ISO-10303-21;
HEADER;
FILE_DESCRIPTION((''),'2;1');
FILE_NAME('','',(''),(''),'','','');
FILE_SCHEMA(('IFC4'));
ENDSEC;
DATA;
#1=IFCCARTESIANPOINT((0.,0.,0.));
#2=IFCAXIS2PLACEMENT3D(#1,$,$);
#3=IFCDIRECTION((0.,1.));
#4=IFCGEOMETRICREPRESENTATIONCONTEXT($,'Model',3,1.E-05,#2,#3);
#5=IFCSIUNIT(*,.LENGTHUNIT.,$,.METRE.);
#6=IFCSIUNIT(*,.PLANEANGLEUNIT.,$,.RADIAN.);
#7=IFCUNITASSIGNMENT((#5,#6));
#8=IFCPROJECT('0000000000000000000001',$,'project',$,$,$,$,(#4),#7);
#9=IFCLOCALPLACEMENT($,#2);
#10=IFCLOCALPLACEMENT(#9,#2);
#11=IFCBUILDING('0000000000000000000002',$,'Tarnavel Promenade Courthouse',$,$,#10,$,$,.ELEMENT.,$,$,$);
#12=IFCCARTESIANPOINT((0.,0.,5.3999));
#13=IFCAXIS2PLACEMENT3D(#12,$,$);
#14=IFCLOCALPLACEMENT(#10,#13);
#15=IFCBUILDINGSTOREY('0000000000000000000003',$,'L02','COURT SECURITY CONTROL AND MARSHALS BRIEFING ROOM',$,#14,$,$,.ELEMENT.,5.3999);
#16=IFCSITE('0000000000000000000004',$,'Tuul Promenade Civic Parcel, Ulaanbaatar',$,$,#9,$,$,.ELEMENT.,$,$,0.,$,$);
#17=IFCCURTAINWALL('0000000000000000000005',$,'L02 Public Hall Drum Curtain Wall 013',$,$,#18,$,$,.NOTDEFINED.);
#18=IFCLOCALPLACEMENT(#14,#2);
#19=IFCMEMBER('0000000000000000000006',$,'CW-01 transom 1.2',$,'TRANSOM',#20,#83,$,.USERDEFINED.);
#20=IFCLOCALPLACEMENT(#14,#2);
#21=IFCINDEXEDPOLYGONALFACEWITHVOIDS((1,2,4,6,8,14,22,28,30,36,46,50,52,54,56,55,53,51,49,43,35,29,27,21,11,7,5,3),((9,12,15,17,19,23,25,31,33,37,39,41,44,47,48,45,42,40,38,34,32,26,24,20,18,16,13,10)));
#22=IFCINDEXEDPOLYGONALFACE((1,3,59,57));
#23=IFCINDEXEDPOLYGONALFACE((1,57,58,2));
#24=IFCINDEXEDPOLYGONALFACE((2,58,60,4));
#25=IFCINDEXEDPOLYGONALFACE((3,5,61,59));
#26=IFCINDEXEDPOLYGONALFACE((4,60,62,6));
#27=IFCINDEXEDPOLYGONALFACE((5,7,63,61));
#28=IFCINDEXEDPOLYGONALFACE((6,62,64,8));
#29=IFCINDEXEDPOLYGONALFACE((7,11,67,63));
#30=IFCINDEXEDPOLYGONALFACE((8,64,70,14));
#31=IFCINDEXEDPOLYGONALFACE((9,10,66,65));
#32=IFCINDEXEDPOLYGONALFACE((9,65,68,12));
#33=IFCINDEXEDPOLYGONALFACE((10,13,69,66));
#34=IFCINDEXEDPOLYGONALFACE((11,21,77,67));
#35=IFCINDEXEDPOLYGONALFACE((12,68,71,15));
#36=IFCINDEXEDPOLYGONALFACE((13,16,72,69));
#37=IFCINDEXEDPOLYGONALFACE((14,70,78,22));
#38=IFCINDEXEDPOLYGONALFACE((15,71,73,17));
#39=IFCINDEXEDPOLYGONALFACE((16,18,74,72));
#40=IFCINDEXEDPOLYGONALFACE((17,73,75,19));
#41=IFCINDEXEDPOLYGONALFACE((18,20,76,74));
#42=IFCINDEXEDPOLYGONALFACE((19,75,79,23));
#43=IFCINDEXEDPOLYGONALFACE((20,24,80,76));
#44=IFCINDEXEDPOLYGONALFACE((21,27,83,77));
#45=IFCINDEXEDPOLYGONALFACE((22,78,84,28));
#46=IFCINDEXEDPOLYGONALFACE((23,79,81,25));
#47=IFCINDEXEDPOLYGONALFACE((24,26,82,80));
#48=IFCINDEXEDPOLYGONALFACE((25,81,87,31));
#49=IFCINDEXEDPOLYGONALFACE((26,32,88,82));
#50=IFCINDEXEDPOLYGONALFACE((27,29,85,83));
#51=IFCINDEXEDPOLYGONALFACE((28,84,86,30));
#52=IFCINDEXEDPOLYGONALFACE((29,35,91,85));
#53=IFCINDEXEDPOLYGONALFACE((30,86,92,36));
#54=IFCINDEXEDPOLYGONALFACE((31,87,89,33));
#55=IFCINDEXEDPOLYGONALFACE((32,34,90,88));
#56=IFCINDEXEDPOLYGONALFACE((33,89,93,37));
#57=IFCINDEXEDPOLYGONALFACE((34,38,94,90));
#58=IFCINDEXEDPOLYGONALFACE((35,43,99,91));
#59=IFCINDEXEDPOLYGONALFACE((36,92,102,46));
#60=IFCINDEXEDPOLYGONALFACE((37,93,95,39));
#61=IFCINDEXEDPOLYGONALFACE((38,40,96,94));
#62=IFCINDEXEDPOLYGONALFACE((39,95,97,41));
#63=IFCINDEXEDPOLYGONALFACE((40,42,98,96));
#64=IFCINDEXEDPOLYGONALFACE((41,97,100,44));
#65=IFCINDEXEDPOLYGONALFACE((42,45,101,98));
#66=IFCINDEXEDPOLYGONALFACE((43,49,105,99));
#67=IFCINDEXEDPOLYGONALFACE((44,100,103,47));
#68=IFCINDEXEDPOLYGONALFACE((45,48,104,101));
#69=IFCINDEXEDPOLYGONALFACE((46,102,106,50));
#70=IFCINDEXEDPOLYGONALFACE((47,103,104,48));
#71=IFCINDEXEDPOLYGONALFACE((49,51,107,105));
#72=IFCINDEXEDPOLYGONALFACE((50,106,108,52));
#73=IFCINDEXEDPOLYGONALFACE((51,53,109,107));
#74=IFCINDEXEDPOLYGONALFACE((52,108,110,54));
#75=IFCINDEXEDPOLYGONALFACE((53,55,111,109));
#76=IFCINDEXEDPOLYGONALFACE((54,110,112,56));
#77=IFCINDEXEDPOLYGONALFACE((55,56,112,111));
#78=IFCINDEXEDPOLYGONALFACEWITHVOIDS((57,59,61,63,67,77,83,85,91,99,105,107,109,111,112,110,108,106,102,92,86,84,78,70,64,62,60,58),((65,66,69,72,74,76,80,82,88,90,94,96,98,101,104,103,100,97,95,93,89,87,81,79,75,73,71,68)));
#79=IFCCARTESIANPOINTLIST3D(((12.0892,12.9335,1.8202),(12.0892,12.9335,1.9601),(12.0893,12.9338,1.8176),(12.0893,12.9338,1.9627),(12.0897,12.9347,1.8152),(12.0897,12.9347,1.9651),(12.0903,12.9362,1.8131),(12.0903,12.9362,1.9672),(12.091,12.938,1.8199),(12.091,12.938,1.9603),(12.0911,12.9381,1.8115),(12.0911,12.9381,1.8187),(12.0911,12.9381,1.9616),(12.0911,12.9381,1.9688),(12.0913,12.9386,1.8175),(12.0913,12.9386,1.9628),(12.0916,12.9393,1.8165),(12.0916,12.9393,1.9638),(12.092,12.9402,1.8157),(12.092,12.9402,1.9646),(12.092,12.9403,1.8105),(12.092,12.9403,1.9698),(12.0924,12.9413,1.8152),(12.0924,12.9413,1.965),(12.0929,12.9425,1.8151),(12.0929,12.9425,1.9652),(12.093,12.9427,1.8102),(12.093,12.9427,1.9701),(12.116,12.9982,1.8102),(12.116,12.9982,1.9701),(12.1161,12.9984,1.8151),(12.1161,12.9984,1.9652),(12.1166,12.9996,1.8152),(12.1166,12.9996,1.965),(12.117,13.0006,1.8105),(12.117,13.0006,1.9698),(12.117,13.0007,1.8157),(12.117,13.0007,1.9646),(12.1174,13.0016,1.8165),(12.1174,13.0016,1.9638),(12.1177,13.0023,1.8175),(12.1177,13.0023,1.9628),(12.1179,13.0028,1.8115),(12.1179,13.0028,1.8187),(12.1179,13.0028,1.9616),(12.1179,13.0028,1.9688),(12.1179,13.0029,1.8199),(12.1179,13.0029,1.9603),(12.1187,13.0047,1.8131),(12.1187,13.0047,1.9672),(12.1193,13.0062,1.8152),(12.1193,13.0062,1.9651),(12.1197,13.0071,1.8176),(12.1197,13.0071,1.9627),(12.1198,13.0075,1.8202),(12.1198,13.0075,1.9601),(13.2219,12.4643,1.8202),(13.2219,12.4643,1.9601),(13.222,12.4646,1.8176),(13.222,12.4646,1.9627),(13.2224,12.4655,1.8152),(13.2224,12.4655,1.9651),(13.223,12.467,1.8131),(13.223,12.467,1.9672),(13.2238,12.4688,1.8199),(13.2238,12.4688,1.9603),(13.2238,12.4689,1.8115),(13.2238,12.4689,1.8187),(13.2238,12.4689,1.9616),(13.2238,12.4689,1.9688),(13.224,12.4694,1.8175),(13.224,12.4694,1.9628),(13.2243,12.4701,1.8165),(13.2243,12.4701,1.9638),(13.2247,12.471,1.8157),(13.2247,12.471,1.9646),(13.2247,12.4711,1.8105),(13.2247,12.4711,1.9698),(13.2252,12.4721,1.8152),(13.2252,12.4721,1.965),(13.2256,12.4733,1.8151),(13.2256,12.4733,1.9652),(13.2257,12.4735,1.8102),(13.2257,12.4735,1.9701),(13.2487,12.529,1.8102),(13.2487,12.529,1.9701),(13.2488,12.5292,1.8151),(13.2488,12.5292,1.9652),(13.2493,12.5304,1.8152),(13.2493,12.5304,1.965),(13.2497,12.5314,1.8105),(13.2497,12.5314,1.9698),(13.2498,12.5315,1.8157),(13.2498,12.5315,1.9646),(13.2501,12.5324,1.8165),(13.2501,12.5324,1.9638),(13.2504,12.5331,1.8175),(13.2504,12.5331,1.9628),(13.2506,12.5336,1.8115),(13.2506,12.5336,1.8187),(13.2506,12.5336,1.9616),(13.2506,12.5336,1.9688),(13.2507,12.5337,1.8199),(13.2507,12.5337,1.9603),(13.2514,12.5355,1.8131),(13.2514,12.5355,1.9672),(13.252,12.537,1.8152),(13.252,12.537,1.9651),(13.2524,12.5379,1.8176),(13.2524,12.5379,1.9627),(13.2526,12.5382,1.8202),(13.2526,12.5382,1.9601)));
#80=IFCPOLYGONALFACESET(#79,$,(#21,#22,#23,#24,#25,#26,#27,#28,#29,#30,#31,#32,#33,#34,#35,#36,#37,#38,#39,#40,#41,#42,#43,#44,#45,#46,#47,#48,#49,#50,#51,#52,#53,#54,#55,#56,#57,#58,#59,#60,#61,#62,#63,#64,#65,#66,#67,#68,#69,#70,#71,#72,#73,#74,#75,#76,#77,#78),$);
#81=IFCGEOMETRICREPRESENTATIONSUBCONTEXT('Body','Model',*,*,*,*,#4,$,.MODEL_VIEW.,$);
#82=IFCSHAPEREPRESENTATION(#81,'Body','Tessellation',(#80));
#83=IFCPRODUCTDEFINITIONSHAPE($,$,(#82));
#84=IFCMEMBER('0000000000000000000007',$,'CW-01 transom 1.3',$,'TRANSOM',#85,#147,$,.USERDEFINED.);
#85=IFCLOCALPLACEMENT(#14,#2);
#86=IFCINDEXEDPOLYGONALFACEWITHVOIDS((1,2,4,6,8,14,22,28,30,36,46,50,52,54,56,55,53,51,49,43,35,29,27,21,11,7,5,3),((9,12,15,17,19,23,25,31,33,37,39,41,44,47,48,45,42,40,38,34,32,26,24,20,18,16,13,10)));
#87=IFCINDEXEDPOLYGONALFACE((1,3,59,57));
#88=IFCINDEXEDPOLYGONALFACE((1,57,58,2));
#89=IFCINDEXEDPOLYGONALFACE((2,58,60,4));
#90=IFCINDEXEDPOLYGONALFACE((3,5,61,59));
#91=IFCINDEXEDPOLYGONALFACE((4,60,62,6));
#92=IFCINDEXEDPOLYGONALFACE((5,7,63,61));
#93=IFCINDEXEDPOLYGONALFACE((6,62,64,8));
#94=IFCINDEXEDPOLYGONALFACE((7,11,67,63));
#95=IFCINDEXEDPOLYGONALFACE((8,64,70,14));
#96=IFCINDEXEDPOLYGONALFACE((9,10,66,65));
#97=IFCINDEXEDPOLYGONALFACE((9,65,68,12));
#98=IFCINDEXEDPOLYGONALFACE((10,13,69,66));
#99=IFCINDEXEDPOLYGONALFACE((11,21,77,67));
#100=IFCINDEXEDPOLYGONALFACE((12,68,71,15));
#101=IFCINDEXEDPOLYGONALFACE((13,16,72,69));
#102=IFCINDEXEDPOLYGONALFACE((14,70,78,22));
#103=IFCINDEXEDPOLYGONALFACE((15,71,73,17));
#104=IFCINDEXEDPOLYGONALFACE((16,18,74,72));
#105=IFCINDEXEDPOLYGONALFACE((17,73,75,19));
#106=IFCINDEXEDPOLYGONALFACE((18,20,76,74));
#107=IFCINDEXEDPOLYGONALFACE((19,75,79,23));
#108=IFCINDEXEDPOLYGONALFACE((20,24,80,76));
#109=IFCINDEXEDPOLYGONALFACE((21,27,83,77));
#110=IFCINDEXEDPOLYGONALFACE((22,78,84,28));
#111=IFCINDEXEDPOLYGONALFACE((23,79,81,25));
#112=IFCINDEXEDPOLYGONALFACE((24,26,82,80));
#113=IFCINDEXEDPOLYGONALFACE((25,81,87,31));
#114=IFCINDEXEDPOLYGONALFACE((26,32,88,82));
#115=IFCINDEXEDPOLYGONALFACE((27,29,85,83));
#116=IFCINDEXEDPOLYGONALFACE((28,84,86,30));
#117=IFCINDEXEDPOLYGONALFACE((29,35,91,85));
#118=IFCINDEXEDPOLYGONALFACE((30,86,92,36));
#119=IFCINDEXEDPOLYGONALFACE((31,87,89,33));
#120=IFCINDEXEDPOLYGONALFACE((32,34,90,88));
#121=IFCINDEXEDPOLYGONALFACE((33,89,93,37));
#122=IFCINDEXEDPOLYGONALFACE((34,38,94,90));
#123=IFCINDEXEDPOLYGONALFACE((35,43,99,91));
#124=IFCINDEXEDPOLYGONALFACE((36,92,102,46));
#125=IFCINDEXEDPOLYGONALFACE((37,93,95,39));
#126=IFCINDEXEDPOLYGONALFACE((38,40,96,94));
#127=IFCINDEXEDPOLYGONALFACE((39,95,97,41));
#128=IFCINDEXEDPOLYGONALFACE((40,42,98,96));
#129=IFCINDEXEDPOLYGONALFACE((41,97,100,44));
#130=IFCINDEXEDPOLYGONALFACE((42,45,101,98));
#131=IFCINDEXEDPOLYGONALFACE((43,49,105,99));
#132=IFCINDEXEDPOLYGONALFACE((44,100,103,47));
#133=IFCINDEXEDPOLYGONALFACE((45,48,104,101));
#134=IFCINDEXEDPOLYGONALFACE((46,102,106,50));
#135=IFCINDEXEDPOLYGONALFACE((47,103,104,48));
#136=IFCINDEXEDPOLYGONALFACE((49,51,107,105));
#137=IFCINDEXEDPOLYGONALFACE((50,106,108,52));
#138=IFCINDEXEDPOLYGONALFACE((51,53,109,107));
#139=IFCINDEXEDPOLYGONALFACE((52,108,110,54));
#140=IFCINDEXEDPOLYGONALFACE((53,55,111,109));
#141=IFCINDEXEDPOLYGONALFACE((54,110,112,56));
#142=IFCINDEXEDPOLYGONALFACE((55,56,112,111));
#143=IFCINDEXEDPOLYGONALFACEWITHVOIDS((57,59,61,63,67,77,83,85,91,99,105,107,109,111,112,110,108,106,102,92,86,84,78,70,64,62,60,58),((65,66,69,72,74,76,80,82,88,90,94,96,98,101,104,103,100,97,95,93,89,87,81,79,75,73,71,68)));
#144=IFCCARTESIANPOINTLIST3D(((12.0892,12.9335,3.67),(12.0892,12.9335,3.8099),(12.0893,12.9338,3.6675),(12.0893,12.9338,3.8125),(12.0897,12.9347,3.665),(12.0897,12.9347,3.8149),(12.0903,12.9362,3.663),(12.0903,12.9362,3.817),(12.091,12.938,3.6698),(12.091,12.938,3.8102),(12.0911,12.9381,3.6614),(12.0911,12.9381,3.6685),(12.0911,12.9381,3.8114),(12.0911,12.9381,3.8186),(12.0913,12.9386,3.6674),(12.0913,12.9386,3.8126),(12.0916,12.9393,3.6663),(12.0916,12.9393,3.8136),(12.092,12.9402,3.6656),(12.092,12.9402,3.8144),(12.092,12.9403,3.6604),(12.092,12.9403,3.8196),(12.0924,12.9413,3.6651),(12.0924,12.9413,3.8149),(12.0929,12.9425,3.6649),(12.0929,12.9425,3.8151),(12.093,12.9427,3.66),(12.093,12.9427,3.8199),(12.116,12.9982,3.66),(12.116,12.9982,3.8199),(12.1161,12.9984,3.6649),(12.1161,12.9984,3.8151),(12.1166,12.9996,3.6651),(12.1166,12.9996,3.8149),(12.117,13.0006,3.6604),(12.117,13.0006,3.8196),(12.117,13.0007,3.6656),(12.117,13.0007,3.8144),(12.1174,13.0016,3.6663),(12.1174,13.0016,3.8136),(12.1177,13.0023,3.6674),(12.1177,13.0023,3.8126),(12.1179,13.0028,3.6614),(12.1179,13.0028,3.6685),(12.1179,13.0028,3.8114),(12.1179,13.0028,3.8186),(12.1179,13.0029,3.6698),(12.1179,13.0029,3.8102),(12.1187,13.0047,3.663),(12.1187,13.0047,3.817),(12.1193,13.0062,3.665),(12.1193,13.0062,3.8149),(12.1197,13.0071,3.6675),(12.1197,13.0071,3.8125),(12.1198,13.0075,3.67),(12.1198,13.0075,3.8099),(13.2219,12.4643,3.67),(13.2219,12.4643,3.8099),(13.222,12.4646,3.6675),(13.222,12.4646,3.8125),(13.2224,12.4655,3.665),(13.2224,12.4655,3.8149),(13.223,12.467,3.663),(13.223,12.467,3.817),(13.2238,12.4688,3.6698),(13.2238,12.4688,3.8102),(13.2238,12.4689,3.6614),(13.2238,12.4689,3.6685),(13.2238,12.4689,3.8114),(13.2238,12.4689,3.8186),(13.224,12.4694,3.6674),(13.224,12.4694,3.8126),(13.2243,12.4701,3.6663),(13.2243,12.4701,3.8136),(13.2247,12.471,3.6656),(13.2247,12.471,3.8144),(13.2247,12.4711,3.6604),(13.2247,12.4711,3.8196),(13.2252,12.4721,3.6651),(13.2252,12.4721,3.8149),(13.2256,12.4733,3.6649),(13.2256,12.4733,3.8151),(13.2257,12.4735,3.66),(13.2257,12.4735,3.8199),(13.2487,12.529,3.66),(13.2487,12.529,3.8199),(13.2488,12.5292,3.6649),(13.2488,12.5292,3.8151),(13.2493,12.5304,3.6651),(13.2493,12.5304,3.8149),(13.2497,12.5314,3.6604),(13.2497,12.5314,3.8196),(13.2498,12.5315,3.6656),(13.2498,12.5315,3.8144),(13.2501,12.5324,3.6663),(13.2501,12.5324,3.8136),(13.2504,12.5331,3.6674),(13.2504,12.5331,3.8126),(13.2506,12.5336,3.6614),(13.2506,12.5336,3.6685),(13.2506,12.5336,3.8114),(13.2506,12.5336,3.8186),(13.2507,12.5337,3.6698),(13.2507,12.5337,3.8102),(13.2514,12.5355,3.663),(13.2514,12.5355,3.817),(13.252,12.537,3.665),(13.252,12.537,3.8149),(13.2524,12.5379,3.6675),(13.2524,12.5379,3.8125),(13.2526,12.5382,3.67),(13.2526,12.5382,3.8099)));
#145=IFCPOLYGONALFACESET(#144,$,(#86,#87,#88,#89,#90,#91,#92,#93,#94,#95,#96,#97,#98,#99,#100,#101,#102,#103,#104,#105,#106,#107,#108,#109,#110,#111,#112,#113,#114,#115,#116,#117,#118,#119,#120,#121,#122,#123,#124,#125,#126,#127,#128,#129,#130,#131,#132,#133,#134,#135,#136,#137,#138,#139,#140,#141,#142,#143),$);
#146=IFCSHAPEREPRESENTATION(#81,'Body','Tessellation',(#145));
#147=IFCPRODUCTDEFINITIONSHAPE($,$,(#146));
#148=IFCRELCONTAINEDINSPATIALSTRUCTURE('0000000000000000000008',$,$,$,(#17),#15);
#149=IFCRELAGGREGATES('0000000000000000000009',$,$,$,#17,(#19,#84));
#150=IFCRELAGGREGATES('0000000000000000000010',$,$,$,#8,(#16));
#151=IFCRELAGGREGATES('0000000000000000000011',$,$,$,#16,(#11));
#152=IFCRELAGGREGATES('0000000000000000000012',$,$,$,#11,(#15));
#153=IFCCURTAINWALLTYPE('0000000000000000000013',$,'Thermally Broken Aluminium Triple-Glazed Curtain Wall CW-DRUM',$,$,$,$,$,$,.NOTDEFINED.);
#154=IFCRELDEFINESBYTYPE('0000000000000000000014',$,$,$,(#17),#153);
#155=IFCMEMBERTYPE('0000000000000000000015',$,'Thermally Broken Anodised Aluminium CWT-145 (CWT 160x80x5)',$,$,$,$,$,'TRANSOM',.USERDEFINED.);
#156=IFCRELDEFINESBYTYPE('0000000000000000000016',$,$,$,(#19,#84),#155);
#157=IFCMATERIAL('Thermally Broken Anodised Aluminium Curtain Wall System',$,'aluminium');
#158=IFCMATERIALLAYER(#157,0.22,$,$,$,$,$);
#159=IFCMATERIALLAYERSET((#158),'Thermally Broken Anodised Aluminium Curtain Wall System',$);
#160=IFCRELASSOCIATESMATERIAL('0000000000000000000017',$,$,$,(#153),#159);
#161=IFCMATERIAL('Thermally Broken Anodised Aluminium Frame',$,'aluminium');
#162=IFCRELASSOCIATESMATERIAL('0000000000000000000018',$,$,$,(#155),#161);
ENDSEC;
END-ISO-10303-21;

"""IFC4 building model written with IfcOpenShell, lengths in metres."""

from ifc_helpers import new_model, si_unit, direction, frame, origin, origin_2d, place, context, subcontext, project, spatial, hollow_rectangle, extrude, material, layer, layer_set, material_profile, profile_set, type_object, element, aggregate, save


model = new_model("IFC4")

# Units and contexts
model_context = context("Model", 3, precision=1e-05, world=origin(), true_north=direction((0.0, 1.0)))
body_context = subcontext(model_context, "Body", "Model", "MODEL_VIEW")
ifc_project = project(units=[si_unit("LENGTHUNIT", "METRE"), si_unit("PLANEANGLEUNIT", "RADIAN")], contexts=[model_context])

# Site, building, storey
site_placement = place(None, origin())
site = spatial("IfcSite", under=ifc_project, at=site_placement, Name="Tuul Promenade Civic Parcel, Ulaanbaatar", CompositionType="ELEMENT", RefElevation=0.0)
building_placement = place(site_placement, origin())
building = spatial("IfcBuilding", under=site, at=building_placement, Name="Tarnavel Promenade Courthouse", CompositionType="ELEMENT")
storey_placement = place(building_placement, frame((0.0, 0.0, 5.3999)))
storey = spatial("IfcBuildingStorey", under=building, at=storey_placement, Name="L02", Description="COURT SECURITY CONTROL AND MARSHALS BRIEFING ROOM", CompositionType="ELEMENT", Elevation=5.3999)

# Curtain wall
ifc_material_1 = material(Name="Thermally Broken Anodised Aluminium Curtain Wall System", Category="aluminium")
ifc_layer_1 = layer(ifc_material_1, 0.22)
ifc_layer_set_1 = layer_set([ifc_layer_1], Name="Thermally Broken Anodised Aluminium Curtain Wall System")
curtain_wall_type = type_object("IfcCurtainWallType", Name="Thermally Broken Aluminium Triple-Glazed Curtain Wall CW-DRUM", PredefinedType="NOTDEFINED", material=ifc_layer_set_1)
curtain_wall_1_placement = place(storey_placement, origin())
curtain_wall_1 = element("IfcCurtainWall", 1, at=curtain_wall_1_placement, inside=storey, type_object=curtain_wall_type, Name="L02 Public Hall Drum Curtain Wall 013", PredefinedType="NOTDEFINED")
ifc_material_2 = material(Name="Thermally Broken Anodised Aluminium Frame", Category="aluminium")

# Members
ifc_material_profile_1 = material_profile(ifc_material_2, hollow_rectangle(XDim=0.0801, YDim=0.1599, WallThickness=0.0049, InnerFilletRadius=0.0049, OuterFilletRadius=0.01, at=origin_2d()), Name="CWT 160x80x5")
ifc_profile_set_1 = profile_set([ifc_material_profile_1], Name="Thermally Broken Anodised Aluminium Frame")
member_type_1 = type_object("IfcMemberType", Name="Thermally Broken Anodised Aluminium CWT-145 (CWT 160x80x5)", ElementType="TRANSOM", PredefinedType="USERDEFINED", material=ifc_profile_set_1)
member_1_placement = place(storey_placement, frame((12.1045, 12.9705, 1.8901), z_axis=(0.923876, -0.382692, 0.0), x_axis=(0.382692, 0.923876, 0.0)))
member_1 = element("IfcMember", 2, at=member_1_placement, type_object=member_type_1, Name="CW-01 transom 1.2", ObjectType="TRANSOM", PredefinedType="USERDEFINED", context=body_context, shape_type="SweptSolid", body=[
    extrude(hollow_rectangle(XDim=0.0801, YDim=0.1599, WallThickness=0.0049, InnerFilletRadius=0.0049, OuterFilletRadius=0.01, at=origin_2d()), origin(), (0.0, 0.0, 1.0), 1.2261),
])
member_2_placement = place(storey_placement, frame((12.1045, 12.9705, 3.74), z_axis=(0.923876, -0.382692, 0.0), x_axis=(0.382692, 0.923876, 0.0)))
member_2 = element("IfcMember", 3, at=member_2_placement, type_object=member_type_1, Name="CW-01 transom 1.3", ObjectType="TRANSOM", PredefinedType="USERDEFINED", context=body_context, shape_type="SweptSolid", body=[
    extrude(hollow_rectangle(XDim=0.0801, YDim=0.1599, WallThickness=0.0049, InnerFilletRadius=0.0049, OuterFilletRadius=0.01, at=origin_2d()), origin(), (0.0, 0.0, 1.0), 1.2261),
])

aggregate(curtain_wall_1, [member_1, member_2])

save(model, "model.ifc")
